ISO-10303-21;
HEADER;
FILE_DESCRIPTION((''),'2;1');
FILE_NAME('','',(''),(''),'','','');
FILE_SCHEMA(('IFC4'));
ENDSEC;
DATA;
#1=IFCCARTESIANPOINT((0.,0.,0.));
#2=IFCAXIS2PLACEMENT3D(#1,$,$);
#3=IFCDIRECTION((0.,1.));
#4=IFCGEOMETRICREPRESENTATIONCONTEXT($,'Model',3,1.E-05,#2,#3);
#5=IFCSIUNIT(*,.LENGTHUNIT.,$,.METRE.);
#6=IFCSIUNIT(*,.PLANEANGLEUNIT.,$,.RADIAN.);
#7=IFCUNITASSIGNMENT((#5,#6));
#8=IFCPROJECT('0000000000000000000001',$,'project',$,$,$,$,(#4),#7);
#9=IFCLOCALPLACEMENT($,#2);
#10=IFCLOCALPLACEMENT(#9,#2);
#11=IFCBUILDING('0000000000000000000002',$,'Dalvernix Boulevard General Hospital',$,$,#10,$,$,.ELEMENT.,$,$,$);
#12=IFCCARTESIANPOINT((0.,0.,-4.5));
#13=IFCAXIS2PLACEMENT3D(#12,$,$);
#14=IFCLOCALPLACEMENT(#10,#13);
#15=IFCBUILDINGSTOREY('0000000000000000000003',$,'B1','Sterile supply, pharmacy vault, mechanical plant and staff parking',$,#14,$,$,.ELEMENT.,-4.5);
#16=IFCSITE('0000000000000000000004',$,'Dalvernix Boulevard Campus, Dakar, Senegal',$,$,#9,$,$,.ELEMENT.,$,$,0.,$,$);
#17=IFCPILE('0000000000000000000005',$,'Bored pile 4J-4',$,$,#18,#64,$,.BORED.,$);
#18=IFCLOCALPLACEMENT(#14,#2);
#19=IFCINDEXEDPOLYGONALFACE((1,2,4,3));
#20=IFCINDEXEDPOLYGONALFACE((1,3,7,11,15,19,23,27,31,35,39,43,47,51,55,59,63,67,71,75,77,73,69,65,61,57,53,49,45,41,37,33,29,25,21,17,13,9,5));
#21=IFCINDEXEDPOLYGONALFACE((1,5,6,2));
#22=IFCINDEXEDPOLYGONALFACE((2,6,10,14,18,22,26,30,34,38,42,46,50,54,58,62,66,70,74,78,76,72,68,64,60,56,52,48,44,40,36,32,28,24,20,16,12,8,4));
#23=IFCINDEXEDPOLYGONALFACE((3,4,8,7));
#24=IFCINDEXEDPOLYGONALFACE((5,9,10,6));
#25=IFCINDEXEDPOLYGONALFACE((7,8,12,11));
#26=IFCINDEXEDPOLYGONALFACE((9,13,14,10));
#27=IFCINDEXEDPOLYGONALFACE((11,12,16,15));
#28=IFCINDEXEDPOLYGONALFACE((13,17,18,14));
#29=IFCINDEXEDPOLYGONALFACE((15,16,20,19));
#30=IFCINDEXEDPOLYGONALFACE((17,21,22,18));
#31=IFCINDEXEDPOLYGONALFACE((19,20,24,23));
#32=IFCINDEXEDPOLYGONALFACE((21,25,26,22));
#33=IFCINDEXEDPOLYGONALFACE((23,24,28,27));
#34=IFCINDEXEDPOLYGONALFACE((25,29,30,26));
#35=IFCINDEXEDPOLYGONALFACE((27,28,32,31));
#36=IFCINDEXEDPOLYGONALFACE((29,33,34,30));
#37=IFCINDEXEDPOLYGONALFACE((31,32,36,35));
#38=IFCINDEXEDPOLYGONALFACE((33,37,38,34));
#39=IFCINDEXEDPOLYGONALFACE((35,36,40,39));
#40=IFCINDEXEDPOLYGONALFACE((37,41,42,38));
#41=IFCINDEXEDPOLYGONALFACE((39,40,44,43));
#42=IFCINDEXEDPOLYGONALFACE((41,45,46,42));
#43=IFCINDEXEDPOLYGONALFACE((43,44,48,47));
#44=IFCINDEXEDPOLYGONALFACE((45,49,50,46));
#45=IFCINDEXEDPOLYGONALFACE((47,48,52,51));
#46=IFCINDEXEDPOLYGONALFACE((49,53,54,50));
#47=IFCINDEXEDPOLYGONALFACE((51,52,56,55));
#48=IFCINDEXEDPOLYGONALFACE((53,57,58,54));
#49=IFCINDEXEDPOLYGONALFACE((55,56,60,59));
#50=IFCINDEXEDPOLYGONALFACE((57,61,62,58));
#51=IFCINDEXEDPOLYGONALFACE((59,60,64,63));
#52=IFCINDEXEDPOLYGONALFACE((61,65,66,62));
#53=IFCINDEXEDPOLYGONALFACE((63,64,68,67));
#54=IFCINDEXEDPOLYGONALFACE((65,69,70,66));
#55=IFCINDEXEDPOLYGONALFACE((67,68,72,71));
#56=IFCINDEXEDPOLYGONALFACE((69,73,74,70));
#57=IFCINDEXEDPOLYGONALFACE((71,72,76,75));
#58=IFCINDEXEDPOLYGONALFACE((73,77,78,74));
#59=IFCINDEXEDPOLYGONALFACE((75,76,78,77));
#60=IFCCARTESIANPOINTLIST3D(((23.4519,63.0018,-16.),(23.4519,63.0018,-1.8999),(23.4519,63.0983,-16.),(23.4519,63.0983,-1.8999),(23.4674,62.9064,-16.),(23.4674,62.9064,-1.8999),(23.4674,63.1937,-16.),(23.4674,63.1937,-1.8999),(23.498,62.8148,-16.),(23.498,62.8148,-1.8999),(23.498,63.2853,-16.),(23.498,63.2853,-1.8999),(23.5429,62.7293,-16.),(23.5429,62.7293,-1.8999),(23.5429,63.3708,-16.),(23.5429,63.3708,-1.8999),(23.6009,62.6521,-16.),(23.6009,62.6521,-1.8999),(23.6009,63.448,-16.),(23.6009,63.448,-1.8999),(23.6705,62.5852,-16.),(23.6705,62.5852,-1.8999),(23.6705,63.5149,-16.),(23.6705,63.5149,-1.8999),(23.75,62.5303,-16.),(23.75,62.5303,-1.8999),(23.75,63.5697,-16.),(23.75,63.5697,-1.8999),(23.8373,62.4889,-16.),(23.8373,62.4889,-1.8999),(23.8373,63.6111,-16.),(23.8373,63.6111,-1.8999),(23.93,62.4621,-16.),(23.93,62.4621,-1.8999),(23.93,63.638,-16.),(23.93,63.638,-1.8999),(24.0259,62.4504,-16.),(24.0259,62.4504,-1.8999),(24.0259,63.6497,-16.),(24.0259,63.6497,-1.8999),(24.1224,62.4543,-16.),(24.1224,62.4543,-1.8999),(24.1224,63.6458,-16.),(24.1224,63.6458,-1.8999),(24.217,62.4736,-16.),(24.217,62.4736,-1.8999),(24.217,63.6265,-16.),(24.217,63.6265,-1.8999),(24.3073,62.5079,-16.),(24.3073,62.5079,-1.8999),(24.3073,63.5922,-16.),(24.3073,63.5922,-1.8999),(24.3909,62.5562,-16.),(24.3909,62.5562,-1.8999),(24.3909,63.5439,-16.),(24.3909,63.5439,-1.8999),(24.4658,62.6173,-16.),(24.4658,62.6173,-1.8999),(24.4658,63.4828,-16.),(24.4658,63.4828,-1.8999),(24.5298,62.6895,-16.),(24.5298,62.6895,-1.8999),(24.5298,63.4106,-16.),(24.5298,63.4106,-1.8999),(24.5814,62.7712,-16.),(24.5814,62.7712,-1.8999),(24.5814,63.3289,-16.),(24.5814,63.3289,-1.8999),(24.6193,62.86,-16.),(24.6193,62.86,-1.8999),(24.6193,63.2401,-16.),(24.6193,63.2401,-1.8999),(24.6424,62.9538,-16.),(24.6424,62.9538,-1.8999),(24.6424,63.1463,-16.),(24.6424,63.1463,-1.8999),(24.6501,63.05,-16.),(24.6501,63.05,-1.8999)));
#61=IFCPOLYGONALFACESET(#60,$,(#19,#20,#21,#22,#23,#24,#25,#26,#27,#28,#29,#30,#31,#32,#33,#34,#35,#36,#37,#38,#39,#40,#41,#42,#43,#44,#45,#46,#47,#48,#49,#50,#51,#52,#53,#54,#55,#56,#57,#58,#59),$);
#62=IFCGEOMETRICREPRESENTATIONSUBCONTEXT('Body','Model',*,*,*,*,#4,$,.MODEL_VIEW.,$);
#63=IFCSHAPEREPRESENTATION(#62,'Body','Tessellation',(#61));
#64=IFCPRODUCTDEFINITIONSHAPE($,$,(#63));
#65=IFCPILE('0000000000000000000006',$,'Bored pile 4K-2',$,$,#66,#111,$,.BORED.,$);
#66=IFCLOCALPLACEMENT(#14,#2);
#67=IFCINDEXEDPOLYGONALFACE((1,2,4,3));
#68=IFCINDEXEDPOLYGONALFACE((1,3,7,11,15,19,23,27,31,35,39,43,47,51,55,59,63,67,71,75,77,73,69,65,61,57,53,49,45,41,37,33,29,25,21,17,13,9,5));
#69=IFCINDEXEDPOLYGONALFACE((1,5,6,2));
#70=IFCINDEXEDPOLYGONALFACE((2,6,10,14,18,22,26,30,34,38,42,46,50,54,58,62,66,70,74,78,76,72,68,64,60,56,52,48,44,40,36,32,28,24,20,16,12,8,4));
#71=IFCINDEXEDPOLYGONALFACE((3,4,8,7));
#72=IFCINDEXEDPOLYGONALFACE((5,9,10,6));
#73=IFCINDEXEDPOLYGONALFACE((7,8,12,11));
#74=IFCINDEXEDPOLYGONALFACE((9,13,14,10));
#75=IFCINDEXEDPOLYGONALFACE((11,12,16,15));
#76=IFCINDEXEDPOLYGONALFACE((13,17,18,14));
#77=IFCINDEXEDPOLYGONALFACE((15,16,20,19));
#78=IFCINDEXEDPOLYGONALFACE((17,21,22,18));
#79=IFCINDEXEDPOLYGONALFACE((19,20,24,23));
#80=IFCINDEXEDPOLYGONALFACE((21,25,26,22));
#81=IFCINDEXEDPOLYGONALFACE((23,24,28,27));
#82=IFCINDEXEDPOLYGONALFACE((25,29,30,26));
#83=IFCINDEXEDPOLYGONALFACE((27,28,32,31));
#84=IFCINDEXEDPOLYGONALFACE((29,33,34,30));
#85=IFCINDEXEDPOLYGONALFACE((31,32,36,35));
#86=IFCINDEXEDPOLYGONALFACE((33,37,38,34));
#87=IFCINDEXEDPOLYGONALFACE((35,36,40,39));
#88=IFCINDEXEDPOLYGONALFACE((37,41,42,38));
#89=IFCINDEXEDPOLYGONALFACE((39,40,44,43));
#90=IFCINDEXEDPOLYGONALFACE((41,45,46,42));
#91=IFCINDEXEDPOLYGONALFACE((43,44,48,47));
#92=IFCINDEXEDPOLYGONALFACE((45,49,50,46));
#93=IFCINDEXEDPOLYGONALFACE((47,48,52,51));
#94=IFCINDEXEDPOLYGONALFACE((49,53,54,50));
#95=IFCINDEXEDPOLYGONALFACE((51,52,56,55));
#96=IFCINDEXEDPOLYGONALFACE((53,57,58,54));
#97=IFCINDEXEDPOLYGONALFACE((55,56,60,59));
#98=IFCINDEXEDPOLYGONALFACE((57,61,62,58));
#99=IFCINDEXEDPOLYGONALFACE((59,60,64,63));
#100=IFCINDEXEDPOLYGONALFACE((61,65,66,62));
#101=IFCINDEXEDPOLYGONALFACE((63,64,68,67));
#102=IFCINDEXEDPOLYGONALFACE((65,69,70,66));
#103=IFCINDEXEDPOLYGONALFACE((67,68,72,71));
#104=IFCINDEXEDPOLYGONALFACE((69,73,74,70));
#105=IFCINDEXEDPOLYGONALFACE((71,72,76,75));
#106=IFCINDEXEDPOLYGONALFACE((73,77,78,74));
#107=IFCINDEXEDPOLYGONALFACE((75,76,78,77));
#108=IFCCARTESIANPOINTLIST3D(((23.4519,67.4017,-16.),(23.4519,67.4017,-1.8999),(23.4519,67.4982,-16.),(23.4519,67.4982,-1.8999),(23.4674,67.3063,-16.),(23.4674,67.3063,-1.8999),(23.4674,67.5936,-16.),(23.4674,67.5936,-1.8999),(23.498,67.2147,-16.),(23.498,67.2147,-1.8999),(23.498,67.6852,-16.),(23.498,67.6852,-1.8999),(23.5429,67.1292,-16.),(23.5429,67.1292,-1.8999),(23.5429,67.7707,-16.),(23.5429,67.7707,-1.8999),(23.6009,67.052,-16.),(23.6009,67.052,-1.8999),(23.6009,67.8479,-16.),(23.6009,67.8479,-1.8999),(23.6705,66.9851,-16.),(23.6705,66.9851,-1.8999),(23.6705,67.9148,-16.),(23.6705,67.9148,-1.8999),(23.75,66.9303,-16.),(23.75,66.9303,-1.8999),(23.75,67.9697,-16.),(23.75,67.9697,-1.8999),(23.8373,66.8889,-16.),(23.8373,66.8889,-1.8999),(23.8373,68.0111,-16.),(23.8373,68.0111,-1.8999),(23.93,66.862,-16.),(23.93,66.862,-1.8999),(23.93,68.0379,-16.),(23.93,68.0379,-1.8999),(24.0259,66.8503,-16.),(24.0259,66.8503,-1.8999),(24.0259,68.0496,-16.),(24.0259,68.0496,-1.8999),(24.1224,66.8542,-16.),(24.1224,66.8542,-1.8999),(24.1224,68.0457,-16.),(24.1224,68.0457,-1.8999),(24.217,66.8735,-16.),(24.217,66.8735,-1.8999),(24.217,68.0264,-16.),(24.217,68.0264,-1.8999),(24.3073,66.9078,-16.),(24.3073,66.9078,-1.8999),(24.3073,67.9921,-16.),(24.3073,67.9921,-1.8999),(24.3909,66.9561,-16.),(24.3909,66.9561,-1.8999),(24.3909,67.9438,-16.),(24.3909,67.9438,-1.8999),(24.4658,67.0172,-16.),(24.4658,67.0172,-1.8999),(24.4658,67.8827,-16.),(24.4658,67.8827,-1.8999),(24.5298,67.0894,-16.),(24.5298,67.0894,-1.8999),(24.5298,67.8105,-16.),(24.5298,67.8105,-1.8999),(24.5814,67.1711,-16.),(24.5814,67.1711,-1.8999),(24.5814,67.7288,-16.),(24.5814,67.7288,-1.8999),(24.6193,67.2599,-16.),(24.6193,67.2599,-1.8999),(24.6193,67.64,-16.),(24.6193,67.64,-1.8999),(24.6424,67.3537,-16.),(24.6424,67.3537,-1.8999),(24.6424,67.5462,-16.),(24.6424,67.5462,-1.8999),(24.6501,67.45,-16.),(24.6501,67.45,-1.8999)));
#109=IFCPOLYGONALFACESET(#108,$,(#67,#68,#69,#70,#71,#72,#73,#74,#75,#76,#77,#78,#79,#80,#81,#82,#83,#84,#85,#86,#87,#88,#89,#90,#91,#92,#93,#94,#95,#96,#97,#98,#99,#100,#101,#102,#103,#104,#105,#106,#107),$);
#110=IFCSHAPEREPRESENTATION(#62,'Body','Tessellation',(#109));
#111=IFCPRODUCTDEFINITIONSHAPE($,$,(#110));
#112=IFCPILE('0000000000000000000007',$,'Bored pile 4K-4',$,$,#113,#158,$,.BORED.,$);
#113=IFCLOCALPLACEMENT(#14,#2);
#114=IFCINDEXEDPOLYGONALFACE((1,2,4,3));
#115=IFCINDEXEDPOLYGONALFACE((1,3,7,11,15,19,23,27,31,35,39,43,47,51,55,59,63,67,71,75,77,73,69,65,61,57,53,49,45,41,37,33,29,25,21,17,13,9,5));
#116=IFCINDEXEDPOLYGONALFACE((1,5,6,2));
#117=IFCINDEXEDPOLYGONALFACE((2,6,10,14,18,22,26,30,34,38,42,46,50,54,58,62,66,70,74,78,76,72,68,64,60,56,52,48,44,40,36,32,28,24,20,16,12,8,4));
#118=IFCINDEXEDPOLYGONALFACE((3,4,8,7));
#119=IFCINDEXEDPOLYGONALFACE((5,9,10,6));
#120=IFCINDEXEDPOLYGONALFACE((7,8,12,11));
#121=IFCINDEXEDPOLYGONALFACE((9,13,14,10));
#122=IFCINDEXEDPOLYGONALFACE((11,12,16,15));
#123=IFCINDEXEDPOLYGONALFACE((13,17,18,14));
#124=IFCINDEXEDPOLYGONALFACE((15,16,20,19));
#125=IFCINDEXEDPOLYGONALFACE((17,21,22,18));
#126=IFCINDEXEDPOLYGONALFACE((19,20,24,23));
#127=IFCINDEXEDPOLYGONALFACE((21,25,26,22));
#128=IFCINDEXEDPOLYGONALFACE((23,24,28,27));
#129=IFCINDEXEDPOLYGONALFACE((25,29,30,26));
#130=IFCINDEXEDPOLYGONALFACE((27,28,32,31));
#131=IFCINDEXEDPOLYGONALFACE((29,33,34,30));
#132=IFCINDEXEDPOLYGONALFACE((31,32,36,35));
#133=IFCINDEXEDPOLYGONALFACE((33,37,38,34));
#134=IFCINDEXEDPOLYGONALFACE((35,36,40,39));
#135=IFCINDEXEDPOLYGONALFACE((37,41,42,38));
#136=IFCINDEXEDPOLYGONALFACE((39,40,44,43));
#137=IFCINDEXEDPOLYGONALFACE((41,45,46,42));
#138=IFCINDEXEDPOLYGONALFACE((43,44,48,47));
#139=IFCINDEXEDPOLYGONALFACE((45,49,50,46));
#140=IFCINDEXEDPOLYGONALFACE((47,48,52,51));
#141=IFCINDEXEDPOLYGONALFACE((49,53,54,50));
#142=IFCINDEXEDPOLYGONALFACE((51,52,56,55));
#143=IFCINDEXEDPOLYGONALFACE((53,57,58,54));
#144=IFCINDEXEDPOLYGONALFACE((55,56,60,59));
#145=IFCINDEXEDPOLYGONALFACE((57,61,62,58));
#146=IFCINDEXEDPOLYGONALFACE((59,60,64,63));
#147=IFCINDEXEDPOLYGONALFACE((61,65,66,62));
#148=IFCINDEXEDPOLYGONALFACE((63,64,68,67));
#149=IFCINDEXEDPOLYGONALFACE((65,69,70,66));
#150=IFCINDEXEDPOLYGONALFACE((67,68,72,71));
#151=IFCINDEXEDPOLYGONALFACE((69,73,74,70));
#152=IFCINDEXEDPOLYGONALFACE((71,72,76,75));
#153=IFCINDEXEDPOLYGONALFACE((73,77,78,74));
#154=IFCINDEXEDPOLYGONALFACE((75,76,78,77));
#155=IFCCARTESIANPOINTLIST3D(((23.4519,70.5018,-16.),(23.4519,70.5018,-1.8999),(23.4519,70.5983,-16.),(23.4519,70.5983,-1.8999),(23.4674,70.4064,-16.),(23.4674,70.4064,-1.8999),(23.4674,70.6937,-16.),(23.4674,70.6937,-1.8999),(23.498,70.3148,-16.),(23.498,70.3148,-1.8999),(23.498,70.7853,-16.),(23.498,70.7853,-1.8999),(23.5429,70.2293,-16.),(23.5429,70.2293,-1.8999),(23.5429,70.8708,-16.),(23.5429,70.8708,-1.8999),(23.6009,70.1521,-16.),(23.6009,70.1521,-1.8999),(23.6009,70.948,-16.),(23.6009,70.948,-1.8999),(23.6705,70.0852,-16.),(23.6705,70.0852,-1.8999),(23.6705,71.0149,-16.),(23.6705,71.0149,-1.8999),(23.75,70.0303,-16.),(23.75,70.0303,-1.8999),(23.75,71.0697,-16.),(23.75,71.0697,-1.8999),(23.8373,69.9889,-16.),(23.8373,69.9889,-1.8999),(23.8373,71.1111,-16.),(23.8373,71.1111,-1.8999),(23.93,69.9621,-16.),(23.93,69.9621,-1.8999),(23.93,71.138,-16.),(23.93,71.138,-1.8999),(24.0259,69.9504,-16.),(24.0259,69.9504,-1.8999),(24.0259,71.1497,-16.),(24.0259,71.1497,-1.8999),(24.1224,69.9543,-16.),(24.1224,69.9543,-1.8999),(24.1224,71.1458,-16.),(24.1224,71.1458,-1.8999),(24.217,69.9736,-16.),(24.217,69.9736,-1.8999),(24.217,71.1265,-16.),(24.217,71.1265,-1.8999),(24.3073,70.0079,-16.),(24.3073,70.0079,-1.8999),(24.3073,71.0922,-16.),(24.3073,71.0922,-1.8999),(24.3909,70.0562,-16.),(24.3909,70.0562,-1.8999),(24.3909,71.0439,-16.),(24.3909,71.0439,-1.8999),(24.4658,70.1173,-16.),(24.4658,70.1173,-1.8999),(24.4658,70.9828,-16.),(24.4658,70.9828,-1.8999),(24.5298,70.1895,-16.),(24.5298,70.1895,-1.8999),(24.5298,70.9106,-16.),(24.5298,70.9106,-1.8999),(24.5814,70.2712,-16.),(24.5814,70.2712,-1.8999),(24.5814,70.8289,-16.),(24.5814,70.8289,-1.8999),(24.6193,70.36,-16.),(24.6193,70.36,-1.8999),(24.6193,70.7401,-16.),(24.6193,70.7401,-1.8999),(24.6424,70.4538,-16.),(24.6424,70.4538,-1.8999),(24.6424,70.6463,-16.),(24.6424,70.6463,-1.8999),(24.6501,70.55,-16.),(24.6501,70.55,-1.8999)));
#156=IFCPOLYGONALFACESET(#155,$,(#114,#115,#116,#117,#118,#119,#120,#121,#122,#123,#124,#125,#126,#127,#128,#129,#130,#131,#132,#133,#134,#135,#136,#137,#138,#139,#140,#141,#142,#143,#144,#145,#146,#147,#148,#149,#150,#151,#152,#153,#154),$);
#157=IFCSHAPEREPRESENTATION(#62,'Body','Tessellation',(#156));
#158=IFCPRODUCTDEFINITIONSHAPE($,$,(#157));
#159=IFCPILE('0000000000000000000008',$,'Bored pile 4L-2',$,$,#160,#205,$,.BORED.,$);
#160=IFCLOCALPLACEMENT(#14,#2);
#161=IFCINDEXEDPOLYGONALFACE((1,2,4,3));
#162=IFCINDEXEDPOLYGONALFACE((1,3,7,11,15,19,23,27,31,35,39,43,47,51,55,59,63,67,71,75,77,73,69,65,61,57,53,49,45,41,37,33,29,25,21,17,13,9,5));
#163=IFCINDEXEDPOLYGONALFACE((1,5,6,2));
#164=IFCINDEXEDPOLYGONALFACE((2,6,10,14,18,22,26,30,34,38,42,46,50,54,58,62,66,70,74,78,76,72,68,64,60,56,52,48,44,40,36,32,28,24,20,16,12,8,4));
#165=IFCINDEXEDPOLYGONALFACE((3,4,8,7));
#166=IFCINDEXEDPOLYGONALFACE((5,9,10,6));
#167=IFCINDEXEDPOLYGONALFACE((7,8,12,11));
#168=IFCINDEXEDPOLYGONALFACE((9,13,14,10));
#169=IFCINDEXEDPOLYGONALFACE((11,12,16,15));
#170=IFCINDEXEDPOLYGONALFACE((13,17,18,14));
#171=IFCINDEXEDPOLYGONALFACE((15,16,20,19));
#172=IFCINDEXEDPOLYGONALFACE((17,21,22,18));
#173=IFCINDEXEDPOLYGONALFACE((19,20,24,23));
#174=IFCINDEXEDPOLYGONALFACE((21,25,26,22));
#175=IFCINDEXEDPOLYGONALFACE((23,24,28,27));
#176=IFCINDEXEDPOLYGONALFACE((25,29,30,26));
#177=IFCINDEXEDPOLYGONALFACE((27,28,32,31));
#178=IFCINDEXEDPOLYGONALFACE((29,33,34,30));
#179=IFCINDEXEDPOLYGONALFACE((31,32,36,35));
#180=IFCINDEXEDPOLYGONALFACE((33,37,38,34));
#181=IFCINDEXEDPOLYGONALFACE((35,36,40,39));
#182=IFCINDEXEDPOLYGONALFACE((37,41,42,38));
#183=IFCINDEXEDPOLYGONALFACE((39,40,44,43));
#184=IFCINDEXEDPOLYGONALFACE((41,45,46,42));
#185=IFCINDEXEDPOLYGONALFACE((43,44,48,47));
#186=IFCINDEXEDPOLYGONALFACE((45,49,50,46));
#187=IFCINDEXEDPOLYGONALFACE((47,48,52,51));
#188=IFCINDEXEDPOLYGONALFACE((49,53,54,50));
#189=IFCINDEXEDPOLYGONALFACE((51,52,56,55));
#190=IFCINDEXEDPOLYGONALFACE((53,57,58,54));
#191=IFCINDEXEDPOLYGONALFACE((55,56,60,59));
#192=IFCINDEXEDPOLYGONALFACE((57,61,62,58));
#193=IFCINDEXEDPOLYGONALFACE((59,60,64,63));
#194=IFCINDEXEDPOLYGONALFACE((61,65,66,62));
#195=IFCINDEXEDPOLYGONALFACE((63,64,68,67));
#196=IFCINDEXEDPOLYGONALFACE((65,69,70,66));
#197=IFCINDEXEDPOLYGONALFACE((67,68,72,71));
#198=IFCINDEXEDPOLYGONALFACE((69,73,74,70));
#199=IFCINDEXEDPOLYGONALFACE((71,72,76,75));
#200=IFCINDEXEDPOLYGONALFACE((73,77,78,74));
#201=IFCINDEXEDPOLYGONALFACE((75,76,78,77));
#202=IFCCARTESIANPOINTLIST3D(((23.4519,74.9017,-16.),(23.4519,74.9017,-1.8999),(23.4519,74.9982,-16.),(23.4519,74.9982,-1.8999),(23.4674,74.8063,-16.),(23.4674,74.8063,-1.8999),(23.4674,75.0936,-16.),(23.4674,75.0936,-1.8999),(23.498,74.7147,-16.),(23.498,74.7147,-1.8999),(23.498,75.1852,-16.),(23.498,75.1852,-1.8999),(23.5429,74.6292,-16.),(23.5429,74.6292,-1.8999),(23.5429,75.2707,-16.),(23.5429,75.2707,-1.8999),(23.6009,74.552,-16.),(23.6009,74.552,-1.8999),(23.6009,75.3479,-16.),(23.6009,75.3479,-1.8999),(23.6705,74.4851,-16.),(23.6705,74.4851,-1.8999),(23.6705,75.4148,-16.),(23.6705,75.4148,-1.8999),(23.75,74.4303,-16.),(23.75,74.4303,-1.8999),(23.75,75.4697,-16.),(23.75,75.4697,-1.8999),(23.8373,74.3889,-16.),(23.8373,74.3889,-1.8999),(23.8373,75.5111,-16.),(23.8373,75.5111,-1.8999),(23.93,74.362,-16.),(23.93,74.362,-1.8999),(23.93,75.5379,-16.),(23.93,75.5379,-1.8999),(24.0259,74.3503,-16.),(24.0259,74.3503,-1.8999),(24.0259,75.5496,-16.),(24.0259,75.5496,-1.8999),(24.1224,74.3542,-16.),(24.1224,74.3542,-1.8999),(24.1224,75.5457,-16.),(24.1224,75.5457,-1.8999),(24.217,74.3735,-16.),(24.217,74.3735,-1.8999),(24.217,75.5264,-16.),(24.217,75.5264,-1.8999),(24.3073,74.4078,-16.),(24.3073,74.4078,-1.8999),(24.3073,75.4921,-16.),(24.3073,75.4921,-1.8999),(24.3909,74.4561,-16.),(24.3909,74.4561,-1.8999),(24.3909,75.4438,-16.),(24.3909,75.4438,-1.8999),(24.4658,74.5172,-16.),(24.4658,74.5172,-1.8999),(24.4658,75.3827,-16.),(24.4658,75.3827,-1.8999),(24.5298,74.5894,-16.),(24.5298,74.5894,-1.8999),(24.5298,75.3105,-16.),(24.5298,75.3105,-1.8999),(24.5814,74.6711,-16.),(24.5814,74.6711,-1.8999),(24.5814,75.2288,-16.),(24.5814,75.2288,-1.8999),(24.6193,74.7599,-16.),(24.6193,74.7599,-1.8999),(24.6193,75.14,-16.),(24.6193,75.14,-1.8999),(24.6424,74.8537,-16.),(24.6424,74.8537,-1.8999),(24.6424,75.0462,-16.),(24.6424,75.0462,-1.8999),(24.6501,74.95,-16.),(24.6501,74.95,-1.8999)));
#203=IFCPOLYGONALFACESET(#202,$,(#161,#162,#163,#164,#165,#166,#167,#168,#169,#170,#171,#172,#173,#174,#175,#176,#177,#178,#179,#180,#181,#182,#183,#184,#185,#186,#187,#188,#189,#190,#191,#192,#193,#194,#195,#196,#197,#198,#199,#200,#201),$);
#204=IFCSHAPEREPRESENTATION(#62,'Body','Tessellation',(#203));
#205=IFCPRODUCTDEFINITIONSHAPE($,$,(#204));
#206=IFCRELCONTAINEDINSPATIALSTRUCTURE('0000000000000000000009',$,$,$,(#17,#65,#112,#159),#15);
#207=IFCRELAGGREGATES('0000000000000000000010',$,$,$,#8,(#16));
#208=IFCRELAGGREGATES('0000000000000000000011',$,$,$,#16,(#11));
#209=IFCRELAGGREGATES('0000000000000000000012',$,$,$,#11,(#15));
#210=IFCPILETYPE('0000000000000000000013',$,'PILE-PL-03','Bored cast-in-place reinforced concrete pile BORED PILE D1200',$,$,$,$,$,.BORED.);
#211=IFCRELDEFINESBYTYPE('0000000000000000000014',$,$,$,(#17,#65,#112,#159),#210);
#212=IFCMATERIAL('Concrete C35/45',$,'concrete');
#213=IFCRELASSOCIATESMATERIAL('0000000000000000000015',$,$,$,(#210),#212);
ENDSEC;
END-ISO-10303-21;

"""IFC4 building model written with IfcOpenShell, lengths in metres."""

from ifc_helpers import new_model, si_unit, direction, frame, origin, origin_2d, place, context, subcontext, project, spatial, circle, extrude, material, material_profile, profile_set, type_object, element, save


model = new_model("IFC4")

# Units and contexts
model_context = context("Model", 3, precision=1e-05, world=origin(), true_north=direction((0.0, 1.0)))
body_context = subcontext(model_context, "Body", "Model", "MODEL_VIEW")
ifc_project = project(units=[si_unit("LENGTHUNIT", "METRE"), si_unit("PLANEANGLEUNIT", "RADIAN")], contexts=[model_context])

# Site, building, storey
site_placement = place(None, origin())
site = spatial("IfcSite", under=ifc_project, at=site_placement, Name="Dalvernix Boulevard Campus, Dakar, Senegal", CompositionType="ELEMENT", RefElevation=0.0)
building_placement = place(site_placement, origin())
building = spatial("IfcBuilding", under=site, at=building_placement, Name="Dalvernix Boulevard General Hospital", CompositionType="ELEMENT")
storey_placement = place(building_placement, frame((0.0, 0.0, -4.5)))
storey = spatial("IfcBuildingStorey", under=building, at=storey_placement, Name="B1", Description="Sterile supply, pharmacy vault, mechanical plant and staff parking", CompositionType="ELEMENT", Elevation=-4.5)

# Shared definitions
ifc_material_1 = material(Name="Concrete C35/45", Category="concrete")

# Piles
ifc_material_profile_1 = material_profile(ifc_material_1, circle(Radius=0.6001, at=origin_2d()), Name="BORED PILE D1200")
ifc_profile_set_1 = profile_set([ifc_material_profile_1], Name="Concrete C35/45")
pile_type_1 = type_object("IfcPileType", Name="PILE-PL-03", Description="Bored cast-in-place reinforced concrete pile BORED PILE D1200", PredefinedType="BORED", material=ifc_profile_set_1)
for number, where, z_axis, x_axis, name in (
    (1, (24.05, 63.05, -1.8999), (0.0, 0.0, -1.0), (1.0, 0.0, 0.0), "Bored pile 4J-4"),
    (2, (24.05, 67.45, -1.8999), (0.0, 0.0, -1.0), (1.0, 0.0, 0.0), "Bored pile 4K-2"),
    (3, (24.05, 70.55, -1.8999), (0.0, 0.0, -1.0), (1.0, 0.0, 0.0), "Bored pile 4K-4"),
    (4, (24.05, 74.95, -1.8999), (0.0, 0.0, -1.0), (1.0, 0.0, 0.0), "Bored pile 4L-2"),
):
    element("IfcPile", number, at=place(storey_placement, frame(where, z_axis=z_axis, x_axis=x_axis)), inside=storey, type_object=pile_type_1, Name=name, PredefinedType="BORED", context=body_context, shape_type="SweptSolid", body=[
        extrude(circle(Radius=0.6001, at=origin_2d()), origin(), (0.0, 0.0, 1.0), 14.1001),
    ])

save(model, "model.ifc")
